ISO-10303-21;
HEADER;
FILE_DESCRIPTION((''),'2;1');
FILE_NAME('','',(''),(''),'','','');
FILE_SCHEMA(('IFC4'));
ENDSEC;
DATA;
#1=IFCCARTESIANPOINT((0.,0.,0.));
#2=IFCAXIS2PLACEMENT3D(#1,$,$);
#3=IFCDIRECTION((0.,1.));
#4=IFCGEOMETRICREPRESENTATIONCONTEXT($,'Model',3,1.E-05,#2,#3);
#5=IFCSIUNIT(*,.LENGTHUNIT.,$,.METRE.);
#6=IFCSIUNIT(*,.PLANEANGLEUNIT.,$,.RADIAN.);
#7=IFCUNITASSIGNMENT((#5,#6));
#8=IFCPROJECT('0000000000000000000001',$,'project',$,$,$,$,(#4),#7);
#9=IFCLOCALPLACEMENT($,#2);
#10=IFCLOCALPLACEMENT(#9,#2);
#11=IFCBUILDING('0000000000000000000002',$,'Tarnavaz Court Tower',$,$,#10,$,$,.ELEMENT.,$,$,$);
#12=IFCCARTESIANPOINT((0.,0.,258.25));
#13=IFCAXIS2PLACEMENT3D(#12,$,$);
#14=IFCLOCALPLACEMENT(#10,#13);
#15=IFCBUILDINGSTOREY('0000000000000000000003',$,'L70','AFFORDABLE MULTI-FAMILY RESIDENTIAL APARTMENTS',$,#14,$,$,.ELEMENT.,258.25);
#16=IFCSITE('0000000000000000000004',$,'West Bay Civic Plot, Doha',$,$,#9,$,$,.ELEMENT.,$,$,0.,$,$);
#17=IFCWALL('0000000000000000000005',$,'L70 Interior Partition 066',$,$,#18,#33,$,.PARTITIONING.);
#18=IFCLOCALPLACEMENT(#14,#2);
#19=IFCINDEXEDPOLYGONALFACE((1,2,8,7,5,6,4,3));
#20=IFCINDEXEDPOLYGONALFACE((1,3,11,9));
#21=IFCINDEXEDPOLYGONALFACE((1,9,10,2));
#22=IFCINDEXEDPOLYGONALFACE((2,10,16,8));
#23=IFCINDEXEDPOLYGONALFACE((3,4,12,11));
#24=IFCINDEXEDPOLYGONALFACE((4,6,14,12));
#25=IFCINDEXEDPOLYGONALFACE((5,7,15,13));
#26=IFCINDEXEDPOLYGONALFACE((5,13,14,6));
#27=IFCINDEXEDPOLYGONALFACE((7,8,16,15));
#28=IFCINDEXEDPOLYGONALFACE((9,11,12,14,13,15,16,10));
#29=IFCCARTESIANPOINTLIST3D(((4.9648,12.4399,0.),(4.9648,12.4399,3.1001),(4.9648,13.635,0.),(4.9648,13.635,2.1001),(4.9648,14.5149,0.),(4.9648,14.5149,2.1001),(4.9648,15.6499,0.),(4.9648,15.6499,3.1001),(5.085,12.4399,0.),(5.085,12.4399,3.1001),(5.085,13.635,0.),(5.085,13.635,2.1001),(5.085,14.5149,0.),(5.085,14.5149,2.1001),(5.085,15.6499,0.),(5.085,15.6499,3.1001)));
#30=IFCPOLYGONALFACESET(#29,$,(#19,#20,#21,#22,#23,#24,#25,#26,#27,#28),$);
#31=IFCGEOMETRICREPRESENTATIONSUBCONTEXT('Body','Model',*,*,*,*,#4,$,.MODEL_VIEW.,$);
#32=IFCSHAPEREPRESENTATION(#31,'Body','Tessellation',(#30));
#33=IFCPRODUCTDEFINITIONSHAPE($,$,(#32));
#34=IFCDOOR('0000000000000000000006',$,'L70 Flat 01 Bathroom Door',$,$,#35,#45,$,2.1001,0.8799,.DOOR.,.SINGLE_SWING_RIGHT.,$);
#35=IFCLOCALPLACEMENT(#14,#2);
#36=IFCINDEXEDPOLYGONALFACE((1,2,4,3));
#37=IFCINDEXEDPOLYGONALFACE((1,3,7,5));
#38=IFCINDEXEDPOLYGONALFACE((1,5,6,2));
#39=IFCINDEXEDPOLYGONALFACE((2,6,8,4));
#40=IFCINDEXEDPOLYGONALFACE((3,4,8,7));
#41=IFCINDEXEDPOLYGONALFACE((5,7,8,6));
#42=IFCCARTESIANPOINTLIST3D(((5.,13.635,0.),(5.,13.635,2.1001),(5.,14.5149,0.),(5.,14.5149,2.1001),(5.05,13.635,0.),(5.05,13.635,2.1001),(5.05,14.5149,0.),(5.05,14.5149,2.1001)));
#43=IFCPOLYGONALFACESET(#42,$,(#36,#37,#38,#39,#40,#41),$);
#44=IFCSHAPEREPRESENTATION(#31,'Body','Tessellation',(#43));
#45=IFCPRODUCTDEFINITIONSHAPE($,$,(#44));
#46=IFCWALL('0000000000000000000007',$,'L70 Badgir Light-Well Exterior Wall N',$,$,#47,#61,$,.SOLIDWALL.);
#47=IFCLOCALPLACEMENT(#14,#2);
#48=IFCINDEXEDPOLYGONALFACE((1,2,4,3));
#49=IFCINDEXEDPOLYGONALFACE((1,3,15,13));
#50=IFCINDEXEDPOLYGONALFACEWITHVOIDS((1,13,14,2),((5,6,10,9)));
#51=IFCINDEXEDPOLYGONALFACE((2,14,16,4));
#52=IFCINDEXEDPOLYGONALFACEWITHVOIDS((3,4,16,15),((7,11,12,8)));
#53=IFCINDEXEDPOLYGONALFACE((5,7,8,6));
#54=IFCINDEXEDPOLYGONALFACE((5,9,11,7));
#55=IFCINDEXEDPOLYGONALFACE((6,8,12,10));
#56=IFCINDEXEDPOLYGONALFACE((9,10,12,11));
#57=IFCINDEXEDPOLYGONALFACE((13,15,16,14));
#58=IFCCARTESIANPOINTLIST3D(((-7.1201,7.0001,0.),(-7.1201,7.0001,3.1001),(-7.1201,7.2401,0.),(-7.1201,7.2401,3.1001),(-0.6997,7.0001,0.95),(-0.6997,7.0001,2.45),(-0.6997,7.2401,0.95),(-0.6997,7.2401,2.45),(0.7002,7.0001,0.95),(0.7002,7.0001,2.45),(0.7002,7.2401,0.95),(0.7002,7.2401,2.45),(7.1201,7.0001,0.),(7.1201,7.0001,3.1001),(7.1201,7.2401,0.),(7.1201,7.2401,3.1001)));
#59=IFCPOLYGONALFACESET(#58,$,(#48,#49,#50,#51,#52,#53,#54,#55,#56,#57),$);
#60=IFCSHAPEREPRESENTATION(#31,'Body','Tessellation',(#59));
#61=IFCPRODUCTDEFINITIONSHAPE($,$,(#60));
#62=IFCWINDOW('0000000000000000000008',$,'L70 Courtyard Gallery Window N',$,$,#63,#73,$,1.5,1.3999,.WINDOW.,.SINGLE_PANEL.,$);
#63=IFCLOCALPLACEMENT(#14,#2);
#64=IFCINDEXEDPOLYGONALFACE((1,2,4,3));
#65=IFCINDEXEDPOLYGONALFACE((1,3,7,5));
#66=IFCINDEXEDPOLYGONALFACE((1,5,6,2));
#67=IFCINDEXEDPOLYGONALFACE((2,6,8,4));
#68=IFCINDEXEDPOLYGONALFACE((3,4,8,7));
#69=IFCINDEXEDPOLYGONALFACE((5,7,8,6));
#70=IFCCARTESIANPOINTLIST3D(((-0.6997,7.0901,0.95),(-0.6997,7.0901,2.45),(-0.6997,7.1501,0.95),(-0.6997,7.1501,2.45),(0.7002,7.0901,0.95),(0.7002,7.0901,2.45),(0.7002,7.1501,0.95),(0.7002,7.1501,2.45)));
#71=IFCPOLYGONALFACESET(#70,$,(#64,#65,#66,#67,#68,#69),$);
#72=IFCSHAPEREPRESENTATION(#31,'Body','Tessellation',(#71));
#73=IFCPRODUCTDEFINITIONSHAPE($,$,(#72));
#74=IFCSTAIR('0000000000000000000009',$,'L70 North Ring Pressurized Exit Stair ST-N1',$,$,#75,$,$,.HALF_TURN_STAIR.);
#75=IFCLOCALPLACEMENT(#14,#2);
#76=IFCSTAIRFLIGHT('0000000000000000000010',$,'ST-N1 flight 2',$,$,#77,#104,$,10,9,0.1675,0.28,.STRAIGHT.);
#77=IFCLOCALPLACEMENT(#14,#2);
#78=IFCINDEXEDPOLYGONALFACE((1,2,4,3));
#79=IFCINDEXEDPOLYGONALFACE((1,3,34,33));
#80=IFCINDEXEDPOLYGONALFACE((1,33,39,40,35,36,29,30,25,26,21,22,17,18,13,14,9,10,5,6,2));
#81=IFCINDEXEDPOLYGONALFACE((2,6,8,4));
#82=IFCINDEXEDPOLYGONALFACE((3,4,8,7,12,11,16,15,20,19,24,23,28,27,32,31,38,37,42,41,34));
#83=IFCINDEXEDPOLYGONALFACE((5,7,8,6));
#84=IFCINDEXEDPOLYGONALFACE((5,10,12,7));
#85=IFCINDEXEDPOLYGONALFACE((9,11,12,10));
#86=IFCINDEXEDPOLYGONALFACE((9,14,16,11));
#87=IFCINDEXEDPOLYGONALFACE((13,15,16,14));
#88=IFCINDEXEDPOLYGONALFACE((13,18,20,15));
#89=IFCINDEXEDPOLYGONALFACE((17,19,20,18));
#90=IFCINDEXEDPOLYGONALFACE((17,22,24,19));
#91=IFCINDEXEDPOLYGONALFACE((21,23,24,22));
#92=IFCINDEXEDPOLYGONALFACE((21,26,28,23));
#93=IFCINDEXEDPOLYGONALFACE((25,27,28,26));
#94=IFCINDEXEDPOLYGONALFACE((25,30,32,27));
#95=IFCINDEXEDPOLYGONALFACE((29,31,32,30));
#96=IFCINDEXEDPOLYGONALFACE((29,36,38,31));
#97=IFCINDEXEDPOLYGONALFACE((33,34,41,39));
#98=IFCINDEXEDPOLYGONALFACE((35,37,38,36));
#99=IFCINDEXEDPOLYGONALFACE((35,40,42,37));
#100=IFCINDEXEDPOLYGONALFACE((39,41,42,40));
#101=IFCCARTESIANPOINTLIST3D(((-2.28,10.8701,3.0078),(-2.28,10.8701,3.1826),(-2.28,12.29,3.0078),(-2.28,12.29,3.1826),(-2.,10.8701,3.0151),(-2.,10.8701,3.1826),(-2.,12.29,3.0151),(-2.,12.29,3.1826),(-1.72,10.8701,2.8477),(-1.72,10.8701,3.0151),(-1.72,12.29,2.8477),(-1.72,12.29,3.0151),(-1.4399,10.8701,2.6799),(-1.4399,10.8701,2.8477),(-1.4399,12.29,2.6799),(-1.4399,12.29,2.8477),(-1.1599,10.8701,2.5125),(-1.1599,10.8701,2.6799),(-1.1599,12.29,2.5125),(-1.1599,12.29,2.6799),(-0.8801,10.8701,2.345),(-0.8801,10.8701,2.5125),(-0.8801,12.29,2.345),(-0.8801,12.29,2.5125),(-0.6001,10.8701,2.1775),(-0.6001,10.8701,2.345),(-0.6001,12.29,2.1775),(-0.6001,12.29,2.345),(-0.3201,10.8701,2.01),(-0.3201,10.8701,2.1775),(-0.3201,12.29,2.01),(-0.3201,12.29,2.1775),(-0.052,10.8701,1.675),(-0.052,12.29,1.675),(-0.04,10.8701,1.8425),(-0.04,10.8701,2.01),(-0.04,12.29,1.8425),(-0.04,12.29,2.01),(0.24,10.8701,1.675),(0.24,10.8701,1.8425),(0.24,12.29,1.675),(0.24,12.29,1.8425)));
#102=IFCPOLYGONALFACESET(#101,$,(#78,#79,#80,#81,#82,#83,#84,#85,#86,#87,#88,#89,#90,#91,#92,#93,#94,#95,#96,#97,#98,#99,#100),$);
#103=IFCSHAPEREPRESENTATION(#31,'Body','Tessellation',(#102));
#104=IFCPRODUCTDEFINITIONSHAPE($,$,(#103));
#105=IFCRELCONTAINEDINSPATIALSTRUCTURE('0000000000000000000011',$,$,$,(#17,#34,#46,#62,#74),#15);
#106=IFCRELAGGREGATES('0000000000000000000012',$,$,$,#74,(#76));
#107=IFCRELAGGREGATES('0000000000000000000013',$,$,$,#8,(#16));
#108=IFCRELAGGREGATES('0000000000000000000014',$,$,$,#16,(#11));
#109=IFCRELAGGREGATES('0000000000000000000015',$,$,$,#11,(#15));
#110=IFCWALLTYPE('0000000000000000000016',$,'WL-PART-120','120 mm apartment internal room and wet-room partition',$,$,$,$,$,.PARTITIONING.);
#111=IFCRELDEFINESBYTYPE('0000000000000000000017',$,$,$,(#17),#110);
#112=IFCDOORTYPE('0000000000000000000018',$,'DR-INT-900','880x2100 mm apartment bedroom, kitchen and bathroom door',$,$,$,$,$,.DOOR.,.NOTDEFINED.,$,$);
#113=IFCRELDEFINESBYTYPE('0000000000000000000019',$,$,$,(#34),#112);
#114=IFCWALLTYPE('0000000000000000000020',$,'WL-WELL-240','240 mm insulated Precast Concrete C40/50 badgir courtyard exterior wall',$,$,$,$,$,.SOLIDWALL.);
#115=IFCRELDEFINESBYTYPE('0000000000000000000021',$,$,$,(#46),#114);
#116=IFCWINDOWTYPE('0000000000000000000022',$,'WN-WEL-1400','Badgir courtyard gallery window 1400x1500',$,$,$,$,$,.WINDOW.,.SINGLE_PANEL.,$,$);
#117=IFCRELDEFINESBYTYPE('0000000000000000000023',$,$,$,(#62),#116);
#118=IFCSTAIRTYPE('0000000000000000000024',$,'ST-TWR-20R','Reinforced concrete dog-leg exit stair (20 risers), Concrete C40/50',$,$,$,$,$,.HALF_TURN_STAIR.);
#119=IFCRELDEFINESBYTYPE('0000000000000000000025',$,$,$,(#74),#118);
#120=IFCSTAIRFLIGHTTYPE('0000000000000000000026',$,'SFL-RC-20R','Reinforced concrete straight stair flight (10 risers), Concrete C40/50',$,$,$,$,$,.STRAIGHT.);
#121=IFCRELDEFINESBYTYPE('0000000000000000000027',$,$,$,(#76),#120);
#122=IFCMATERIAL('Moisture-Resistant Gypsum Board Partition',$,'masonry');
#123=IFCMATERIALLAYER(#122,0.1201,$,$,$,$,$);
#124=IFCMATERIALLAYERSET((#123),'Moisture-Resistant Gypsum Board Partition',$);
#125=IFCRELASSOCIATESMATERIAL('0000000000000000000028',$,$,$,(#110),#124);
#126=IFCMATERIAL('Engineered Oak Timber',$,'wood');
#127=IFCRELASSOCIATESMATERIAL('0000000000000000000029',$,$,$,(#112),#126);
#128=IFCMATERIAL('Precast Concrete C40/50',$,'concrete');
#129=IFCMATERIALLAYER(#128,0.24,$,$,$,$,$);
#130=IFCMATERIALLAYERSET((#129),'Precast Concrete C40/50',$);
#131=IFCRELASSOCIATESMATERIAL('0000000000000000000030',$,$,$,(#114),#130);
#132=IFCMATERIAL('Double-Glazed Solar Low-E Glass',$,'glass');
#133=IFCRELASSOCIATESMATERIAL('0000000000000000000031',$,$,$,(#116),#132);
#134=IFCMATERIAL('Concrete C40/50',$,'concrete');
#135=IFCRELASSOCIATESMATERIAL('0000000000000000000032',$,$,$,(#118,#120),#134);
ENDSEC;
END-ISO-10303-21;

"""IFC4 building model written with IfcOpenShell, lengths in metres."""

from ifc_helpers import new_model, si_unit, direction, frame, frame_2d, origin, place, context, subcontext, project, spatial, polyline, rectangle, outline, extrude, material, layer, layer_set, type_object, element, fill, aggregate, save


model = new_model("IFC4")

# Units and contexts
model_context = context("Model", 3, precision=1e-05, world=origin(), true_north=direction((0.0, 1.0)))
body_context = subcontext(model_context, "Body", "Model", "MODEL_VIEW")
ifc_project = project(units=[si_unit("LENGTHUNIT", "METRE"), si_unit("PLANEANGLEUNIT", "RADIAN")], contexts=[model_context])

# Site, building, storey
site_placement = place(None, origin())
site = spatial("IfcSite", under=ifc_project, at=site_placement, Name="West Bay Civic Plot, Doha", CompositionType="ELEMENT", RefElevation=0.0)
building_placement = place(site_placement, origin())
building = spatial("IfcBuilding", under=site, at=building_placement, Name="Tarnavaz Court Tower", CompositionType="ELEMENT")
storey_placement = place(building_placement, frame((0.0, 0.0, 258.25)))
storey = spatial("IfcBuildingStorey", under=building, at=storey_placement, Name="L70", Description="AFFORDABLE MULTI-FAMILY RESIDENTIAL APARTMENTS", CompositionType="ELEMENT", Elevation=258.25)

# Wall, opening, door
ifc_material_1 = material(Name="Moisture-Resistant Gypsum Board Partition", Category="masonry")
ifc_layer_1 = layer(ifc_material_1, 0.1201)
ifc_layer_set_1 = layer_set([ifc_layer_1], Name="Moisture-Resistant Gypsum Board Partition")
wall_type_1 = type_object("IfcWallType", Name="WL-PART-120", Description="120 mm apartment internal room and wet-room partition", PredefinedType="PARTITIONING", material=ifc_layer_set_1)
wall_1_placement = place(storey_placement, frame((5.0249, 12.4399, 0.0), z_axis=(0.0, 0.0, 1.0), x_axis=(0.0, 1.0, 0.0)))
wall_1 = element("IfcWall", 1, at=wall_1_placement, inside=storey, type_object=wall_type_1, Name="L70 Interior Partition 066", PredefinedType="PARTITIONING", context=body_context, shape_type="SweptSolid", body=[
    extrude(rectangle(XDim=3.21, YDim=0.1201, at=frame_2d((1.605, 0.0))), origin(), (0.0, 0.0, 1.0), 3.1001),
])
opening_1_placement = place(wall_1_placement, frame((1.1951, 0.0, 0.0)))
opening_1 = element("IfcOpeningElement", 2, at=opening_1_placement, cuts=wall_1, PredefinedType="OPENING", context=body_context, shape_type="SweptSolid", body=[
    extrude(rectangle(XDim=0.8799, YDim=2.1001, at=frame_2d((0.4399, 1.05))), frame((0.0, 0.0701, 0.0), z_axis=(0.0, -1.0, 0.0), x_axis=(1.0, 0.0, 0.0)), (0.0, 0.0, 1.0), 0.1401),
])
ifc_material_2 = material(Name="Engineered Oak Timber", Category="wood")
door_type_1 = type_object("IfcDoorType", Name="DR-INT-900", Description="880x2100 mm apartment bedroom, kitchen and bathroom door", OperationType="NOTDEFINED", PredefinedType="DOOR", material=ifc_material_2)
door_1_placement = place(opening_1_placement, origin())
door_1 = element("IfcDoor", 3, at=door_1_placement, inside=storey, type_object=door_type_1, Name="L70 Flat 01 Bathroom Door", OperationType="SINGLE_SWING_RIGHT", OverallHeight=2.1001, OverallWidth=0.8799, PredefinedType="DOOR", context=body_context, shape_type="SweptSolid", body=[
    extrude(rectangle(XDim=0.8799, YDim=2.1001, at=frame_2d((0.4399, 1.05))), frame((0.0, 0.0249, 0.0), z_axis=(0.0, -1.0, 0.0), x_axis=(1.0, 0.0, 0.0)), (0.0, 0.0, 1.0), 0.05),
])
fill(opening_1, door_1)

# Wall, opening, window
ifc_material_3 = material(Name="Precast Concrete C40/50", Category="concrete")
ifc_layer_2 = layer(ifc_material_3, 0.24)
ifc_layer_set_2 = layer_set([ifc_layer_2], Name="Precast Concrete C40/50")
wall_type_2 = type_object("IfcWallType", Name="WL-WELL-240", Description="240 mm insulated Precast Concrete C40/50 badgir courtyard exterior wall", PredefinedType="SOLIDWALL", material=ifc_layer_set_2)
wall_2_placement = place(storey_placement, frame((7.1201, 7.1201, 0.0), z_axis=(0.0, 0.0, 1.0), x_axis=(-1.0, 0.0, 0.0)))
wall_2 = element("IfcWall", 4, at=wall_2_placement, inside=storey, type_object=wall_type_2, Name="L70 Badgir Light-Well Exterior Wall N", PredefinedType="SOLIDWALL", context=body_context, shape_type="SweptSolid", body=[
    extrude(rectangle(XDim=14.2402, YDim=0.24, at=frame_2d((7.1201, 0.0))), origin(), (0.0, 0.0, 1.0), 3.1001),
])
opening_2_placement = place(wall_2_placement, frame((6.4199, 0.0, 0.95)))
opening_2 = element("IfcOpeningElement", 5, at=opening_2_placement, cuts=wall_2, PredefinedType="OPENING", context=body_context, shape_type="SweptSolid", body=[
    extrude(rectangle(XDim=1.3999, YDim=1.5, at=frame_2d((0.7, 0.75))), frame((0.0, 0.1299, 0.0), z_axis=(0.0, -1.0, 0.0), x_axis=(1.0, 0.0, 0.0)), (0.0, 0.0, 1.0), 0.26),
])
ifc_material_4 = material(Name="Double-Glazed Solar Low-E Glass", Category="glass")
window_type = type_object("IfcWindowType", Name="WN-WEL-1400", Description="Badgir courtyard gallery window 1400x1500", PartitioningType="SINGLE_PANEL", PredefinedType="WINDOW", material=ifc_material_4)
window_placement = place(opening_2_placement, origin())
window = element("IfcWindow", 6, at=window_placement, inside=storey, type_object=window_type, Name="L70 Courtyard Gallery Window N", OverallHeight=1.5, OverallWidth=1.3999, PartitioningType="SINGLE_PANEL", PredefinedType="WINDOW", context=body_context, shape_type="SweptSolid", body=[
    extrude(rectangle(XDim=1.3999, YDim=1.5, at=frame_2d((0.7, 0.75))), frame((0.0, 0.03, 0.0), z_axis=(0.0, -1.0, 0.0), x_axis=(1.0, 0.0, 0.0)), (0.0, 0.0, 1.0), 0.0601),
])
fill(opening_2, window)

# Stair, stair flight
ifc_material_5 = material(Name="Concrete C40/50", Category="concrete")
stair_type = type_object("IfcStairType", Name="ST-TWR-20R", Description="Reinforced concrete dog-leg exit stair (20 risers), Concrete C40/50", PredefinedType="HALF_TURN_STAIR", material=ifc_material_5)
stair_placement = place(storey_placement, origin())
stair = element("IfcStair", 7, at=stair_placement, inside=storey, type_object=stair_type, Name="L70 North Ring Pressurized Exit Stair ST-N1", PredefinedType="HALF_TURN_STAIR")
stair_flight_type = type_object("IfcStairFlightType", Name="SFL-RC-20R", Description="Reinforced concrete straight stair flight (10 risers), Concrete C40/50", PredefinedType="STRAIGHT", material=ifc_material_5)
stair_flight_placement = place(storey_placement, frame((0.24, 11.5801, 1.675), z_axis=(0.0, 0.0, 1.0), x_axis=(-1.0, 0.0, 0.0)))
stair_flight = element("IfcStairFlight", 8, at=stair_flight_placement, type_object=stair_flight_type, Name="ST-N1 flight 2", NumberOfRisers=10, NumberOfTreads=9, PredefinedType="STRAIGHT", RiserHeight=0.1675, TreadLength=0.28, context=body_context, shape_type="SweptSolid", body=[
    extrude(outline(polyline([(0.0, 0.0), (0.0, 0.1675), (0.28, 0.1675), (0.28, 0.335), (0.5601, 0.335), (0.5601, 0.5024), (0.8401, 0.5024), (0.8401, 0.6699), (1.1201, 0.6699), (1.1201, 0.8374), (1.3999, 0.8374), (1.3999, 1.0049), (1.6799, 1.0049), (1.6799, 1.1726), (1.96, 1.1726), (1.96, 1.3401), (2.24, 1.3401), (2.24, 1.5076), (2.52, 1.5076), (2.52, 1.675), (2.52, 1.3328), (0.292, 0.0), (0.0, 0.0)])), frame((0.0, 0.71, 0.0), z_axis=(0.0, -1.0, 0.0), x_axis=(1.0, 0.0, 0.0)), (0.0, 0.0, 1.0), 1.4199),
])
aggregate(stair, [stair_flight])

save(model, "model.ifc")
